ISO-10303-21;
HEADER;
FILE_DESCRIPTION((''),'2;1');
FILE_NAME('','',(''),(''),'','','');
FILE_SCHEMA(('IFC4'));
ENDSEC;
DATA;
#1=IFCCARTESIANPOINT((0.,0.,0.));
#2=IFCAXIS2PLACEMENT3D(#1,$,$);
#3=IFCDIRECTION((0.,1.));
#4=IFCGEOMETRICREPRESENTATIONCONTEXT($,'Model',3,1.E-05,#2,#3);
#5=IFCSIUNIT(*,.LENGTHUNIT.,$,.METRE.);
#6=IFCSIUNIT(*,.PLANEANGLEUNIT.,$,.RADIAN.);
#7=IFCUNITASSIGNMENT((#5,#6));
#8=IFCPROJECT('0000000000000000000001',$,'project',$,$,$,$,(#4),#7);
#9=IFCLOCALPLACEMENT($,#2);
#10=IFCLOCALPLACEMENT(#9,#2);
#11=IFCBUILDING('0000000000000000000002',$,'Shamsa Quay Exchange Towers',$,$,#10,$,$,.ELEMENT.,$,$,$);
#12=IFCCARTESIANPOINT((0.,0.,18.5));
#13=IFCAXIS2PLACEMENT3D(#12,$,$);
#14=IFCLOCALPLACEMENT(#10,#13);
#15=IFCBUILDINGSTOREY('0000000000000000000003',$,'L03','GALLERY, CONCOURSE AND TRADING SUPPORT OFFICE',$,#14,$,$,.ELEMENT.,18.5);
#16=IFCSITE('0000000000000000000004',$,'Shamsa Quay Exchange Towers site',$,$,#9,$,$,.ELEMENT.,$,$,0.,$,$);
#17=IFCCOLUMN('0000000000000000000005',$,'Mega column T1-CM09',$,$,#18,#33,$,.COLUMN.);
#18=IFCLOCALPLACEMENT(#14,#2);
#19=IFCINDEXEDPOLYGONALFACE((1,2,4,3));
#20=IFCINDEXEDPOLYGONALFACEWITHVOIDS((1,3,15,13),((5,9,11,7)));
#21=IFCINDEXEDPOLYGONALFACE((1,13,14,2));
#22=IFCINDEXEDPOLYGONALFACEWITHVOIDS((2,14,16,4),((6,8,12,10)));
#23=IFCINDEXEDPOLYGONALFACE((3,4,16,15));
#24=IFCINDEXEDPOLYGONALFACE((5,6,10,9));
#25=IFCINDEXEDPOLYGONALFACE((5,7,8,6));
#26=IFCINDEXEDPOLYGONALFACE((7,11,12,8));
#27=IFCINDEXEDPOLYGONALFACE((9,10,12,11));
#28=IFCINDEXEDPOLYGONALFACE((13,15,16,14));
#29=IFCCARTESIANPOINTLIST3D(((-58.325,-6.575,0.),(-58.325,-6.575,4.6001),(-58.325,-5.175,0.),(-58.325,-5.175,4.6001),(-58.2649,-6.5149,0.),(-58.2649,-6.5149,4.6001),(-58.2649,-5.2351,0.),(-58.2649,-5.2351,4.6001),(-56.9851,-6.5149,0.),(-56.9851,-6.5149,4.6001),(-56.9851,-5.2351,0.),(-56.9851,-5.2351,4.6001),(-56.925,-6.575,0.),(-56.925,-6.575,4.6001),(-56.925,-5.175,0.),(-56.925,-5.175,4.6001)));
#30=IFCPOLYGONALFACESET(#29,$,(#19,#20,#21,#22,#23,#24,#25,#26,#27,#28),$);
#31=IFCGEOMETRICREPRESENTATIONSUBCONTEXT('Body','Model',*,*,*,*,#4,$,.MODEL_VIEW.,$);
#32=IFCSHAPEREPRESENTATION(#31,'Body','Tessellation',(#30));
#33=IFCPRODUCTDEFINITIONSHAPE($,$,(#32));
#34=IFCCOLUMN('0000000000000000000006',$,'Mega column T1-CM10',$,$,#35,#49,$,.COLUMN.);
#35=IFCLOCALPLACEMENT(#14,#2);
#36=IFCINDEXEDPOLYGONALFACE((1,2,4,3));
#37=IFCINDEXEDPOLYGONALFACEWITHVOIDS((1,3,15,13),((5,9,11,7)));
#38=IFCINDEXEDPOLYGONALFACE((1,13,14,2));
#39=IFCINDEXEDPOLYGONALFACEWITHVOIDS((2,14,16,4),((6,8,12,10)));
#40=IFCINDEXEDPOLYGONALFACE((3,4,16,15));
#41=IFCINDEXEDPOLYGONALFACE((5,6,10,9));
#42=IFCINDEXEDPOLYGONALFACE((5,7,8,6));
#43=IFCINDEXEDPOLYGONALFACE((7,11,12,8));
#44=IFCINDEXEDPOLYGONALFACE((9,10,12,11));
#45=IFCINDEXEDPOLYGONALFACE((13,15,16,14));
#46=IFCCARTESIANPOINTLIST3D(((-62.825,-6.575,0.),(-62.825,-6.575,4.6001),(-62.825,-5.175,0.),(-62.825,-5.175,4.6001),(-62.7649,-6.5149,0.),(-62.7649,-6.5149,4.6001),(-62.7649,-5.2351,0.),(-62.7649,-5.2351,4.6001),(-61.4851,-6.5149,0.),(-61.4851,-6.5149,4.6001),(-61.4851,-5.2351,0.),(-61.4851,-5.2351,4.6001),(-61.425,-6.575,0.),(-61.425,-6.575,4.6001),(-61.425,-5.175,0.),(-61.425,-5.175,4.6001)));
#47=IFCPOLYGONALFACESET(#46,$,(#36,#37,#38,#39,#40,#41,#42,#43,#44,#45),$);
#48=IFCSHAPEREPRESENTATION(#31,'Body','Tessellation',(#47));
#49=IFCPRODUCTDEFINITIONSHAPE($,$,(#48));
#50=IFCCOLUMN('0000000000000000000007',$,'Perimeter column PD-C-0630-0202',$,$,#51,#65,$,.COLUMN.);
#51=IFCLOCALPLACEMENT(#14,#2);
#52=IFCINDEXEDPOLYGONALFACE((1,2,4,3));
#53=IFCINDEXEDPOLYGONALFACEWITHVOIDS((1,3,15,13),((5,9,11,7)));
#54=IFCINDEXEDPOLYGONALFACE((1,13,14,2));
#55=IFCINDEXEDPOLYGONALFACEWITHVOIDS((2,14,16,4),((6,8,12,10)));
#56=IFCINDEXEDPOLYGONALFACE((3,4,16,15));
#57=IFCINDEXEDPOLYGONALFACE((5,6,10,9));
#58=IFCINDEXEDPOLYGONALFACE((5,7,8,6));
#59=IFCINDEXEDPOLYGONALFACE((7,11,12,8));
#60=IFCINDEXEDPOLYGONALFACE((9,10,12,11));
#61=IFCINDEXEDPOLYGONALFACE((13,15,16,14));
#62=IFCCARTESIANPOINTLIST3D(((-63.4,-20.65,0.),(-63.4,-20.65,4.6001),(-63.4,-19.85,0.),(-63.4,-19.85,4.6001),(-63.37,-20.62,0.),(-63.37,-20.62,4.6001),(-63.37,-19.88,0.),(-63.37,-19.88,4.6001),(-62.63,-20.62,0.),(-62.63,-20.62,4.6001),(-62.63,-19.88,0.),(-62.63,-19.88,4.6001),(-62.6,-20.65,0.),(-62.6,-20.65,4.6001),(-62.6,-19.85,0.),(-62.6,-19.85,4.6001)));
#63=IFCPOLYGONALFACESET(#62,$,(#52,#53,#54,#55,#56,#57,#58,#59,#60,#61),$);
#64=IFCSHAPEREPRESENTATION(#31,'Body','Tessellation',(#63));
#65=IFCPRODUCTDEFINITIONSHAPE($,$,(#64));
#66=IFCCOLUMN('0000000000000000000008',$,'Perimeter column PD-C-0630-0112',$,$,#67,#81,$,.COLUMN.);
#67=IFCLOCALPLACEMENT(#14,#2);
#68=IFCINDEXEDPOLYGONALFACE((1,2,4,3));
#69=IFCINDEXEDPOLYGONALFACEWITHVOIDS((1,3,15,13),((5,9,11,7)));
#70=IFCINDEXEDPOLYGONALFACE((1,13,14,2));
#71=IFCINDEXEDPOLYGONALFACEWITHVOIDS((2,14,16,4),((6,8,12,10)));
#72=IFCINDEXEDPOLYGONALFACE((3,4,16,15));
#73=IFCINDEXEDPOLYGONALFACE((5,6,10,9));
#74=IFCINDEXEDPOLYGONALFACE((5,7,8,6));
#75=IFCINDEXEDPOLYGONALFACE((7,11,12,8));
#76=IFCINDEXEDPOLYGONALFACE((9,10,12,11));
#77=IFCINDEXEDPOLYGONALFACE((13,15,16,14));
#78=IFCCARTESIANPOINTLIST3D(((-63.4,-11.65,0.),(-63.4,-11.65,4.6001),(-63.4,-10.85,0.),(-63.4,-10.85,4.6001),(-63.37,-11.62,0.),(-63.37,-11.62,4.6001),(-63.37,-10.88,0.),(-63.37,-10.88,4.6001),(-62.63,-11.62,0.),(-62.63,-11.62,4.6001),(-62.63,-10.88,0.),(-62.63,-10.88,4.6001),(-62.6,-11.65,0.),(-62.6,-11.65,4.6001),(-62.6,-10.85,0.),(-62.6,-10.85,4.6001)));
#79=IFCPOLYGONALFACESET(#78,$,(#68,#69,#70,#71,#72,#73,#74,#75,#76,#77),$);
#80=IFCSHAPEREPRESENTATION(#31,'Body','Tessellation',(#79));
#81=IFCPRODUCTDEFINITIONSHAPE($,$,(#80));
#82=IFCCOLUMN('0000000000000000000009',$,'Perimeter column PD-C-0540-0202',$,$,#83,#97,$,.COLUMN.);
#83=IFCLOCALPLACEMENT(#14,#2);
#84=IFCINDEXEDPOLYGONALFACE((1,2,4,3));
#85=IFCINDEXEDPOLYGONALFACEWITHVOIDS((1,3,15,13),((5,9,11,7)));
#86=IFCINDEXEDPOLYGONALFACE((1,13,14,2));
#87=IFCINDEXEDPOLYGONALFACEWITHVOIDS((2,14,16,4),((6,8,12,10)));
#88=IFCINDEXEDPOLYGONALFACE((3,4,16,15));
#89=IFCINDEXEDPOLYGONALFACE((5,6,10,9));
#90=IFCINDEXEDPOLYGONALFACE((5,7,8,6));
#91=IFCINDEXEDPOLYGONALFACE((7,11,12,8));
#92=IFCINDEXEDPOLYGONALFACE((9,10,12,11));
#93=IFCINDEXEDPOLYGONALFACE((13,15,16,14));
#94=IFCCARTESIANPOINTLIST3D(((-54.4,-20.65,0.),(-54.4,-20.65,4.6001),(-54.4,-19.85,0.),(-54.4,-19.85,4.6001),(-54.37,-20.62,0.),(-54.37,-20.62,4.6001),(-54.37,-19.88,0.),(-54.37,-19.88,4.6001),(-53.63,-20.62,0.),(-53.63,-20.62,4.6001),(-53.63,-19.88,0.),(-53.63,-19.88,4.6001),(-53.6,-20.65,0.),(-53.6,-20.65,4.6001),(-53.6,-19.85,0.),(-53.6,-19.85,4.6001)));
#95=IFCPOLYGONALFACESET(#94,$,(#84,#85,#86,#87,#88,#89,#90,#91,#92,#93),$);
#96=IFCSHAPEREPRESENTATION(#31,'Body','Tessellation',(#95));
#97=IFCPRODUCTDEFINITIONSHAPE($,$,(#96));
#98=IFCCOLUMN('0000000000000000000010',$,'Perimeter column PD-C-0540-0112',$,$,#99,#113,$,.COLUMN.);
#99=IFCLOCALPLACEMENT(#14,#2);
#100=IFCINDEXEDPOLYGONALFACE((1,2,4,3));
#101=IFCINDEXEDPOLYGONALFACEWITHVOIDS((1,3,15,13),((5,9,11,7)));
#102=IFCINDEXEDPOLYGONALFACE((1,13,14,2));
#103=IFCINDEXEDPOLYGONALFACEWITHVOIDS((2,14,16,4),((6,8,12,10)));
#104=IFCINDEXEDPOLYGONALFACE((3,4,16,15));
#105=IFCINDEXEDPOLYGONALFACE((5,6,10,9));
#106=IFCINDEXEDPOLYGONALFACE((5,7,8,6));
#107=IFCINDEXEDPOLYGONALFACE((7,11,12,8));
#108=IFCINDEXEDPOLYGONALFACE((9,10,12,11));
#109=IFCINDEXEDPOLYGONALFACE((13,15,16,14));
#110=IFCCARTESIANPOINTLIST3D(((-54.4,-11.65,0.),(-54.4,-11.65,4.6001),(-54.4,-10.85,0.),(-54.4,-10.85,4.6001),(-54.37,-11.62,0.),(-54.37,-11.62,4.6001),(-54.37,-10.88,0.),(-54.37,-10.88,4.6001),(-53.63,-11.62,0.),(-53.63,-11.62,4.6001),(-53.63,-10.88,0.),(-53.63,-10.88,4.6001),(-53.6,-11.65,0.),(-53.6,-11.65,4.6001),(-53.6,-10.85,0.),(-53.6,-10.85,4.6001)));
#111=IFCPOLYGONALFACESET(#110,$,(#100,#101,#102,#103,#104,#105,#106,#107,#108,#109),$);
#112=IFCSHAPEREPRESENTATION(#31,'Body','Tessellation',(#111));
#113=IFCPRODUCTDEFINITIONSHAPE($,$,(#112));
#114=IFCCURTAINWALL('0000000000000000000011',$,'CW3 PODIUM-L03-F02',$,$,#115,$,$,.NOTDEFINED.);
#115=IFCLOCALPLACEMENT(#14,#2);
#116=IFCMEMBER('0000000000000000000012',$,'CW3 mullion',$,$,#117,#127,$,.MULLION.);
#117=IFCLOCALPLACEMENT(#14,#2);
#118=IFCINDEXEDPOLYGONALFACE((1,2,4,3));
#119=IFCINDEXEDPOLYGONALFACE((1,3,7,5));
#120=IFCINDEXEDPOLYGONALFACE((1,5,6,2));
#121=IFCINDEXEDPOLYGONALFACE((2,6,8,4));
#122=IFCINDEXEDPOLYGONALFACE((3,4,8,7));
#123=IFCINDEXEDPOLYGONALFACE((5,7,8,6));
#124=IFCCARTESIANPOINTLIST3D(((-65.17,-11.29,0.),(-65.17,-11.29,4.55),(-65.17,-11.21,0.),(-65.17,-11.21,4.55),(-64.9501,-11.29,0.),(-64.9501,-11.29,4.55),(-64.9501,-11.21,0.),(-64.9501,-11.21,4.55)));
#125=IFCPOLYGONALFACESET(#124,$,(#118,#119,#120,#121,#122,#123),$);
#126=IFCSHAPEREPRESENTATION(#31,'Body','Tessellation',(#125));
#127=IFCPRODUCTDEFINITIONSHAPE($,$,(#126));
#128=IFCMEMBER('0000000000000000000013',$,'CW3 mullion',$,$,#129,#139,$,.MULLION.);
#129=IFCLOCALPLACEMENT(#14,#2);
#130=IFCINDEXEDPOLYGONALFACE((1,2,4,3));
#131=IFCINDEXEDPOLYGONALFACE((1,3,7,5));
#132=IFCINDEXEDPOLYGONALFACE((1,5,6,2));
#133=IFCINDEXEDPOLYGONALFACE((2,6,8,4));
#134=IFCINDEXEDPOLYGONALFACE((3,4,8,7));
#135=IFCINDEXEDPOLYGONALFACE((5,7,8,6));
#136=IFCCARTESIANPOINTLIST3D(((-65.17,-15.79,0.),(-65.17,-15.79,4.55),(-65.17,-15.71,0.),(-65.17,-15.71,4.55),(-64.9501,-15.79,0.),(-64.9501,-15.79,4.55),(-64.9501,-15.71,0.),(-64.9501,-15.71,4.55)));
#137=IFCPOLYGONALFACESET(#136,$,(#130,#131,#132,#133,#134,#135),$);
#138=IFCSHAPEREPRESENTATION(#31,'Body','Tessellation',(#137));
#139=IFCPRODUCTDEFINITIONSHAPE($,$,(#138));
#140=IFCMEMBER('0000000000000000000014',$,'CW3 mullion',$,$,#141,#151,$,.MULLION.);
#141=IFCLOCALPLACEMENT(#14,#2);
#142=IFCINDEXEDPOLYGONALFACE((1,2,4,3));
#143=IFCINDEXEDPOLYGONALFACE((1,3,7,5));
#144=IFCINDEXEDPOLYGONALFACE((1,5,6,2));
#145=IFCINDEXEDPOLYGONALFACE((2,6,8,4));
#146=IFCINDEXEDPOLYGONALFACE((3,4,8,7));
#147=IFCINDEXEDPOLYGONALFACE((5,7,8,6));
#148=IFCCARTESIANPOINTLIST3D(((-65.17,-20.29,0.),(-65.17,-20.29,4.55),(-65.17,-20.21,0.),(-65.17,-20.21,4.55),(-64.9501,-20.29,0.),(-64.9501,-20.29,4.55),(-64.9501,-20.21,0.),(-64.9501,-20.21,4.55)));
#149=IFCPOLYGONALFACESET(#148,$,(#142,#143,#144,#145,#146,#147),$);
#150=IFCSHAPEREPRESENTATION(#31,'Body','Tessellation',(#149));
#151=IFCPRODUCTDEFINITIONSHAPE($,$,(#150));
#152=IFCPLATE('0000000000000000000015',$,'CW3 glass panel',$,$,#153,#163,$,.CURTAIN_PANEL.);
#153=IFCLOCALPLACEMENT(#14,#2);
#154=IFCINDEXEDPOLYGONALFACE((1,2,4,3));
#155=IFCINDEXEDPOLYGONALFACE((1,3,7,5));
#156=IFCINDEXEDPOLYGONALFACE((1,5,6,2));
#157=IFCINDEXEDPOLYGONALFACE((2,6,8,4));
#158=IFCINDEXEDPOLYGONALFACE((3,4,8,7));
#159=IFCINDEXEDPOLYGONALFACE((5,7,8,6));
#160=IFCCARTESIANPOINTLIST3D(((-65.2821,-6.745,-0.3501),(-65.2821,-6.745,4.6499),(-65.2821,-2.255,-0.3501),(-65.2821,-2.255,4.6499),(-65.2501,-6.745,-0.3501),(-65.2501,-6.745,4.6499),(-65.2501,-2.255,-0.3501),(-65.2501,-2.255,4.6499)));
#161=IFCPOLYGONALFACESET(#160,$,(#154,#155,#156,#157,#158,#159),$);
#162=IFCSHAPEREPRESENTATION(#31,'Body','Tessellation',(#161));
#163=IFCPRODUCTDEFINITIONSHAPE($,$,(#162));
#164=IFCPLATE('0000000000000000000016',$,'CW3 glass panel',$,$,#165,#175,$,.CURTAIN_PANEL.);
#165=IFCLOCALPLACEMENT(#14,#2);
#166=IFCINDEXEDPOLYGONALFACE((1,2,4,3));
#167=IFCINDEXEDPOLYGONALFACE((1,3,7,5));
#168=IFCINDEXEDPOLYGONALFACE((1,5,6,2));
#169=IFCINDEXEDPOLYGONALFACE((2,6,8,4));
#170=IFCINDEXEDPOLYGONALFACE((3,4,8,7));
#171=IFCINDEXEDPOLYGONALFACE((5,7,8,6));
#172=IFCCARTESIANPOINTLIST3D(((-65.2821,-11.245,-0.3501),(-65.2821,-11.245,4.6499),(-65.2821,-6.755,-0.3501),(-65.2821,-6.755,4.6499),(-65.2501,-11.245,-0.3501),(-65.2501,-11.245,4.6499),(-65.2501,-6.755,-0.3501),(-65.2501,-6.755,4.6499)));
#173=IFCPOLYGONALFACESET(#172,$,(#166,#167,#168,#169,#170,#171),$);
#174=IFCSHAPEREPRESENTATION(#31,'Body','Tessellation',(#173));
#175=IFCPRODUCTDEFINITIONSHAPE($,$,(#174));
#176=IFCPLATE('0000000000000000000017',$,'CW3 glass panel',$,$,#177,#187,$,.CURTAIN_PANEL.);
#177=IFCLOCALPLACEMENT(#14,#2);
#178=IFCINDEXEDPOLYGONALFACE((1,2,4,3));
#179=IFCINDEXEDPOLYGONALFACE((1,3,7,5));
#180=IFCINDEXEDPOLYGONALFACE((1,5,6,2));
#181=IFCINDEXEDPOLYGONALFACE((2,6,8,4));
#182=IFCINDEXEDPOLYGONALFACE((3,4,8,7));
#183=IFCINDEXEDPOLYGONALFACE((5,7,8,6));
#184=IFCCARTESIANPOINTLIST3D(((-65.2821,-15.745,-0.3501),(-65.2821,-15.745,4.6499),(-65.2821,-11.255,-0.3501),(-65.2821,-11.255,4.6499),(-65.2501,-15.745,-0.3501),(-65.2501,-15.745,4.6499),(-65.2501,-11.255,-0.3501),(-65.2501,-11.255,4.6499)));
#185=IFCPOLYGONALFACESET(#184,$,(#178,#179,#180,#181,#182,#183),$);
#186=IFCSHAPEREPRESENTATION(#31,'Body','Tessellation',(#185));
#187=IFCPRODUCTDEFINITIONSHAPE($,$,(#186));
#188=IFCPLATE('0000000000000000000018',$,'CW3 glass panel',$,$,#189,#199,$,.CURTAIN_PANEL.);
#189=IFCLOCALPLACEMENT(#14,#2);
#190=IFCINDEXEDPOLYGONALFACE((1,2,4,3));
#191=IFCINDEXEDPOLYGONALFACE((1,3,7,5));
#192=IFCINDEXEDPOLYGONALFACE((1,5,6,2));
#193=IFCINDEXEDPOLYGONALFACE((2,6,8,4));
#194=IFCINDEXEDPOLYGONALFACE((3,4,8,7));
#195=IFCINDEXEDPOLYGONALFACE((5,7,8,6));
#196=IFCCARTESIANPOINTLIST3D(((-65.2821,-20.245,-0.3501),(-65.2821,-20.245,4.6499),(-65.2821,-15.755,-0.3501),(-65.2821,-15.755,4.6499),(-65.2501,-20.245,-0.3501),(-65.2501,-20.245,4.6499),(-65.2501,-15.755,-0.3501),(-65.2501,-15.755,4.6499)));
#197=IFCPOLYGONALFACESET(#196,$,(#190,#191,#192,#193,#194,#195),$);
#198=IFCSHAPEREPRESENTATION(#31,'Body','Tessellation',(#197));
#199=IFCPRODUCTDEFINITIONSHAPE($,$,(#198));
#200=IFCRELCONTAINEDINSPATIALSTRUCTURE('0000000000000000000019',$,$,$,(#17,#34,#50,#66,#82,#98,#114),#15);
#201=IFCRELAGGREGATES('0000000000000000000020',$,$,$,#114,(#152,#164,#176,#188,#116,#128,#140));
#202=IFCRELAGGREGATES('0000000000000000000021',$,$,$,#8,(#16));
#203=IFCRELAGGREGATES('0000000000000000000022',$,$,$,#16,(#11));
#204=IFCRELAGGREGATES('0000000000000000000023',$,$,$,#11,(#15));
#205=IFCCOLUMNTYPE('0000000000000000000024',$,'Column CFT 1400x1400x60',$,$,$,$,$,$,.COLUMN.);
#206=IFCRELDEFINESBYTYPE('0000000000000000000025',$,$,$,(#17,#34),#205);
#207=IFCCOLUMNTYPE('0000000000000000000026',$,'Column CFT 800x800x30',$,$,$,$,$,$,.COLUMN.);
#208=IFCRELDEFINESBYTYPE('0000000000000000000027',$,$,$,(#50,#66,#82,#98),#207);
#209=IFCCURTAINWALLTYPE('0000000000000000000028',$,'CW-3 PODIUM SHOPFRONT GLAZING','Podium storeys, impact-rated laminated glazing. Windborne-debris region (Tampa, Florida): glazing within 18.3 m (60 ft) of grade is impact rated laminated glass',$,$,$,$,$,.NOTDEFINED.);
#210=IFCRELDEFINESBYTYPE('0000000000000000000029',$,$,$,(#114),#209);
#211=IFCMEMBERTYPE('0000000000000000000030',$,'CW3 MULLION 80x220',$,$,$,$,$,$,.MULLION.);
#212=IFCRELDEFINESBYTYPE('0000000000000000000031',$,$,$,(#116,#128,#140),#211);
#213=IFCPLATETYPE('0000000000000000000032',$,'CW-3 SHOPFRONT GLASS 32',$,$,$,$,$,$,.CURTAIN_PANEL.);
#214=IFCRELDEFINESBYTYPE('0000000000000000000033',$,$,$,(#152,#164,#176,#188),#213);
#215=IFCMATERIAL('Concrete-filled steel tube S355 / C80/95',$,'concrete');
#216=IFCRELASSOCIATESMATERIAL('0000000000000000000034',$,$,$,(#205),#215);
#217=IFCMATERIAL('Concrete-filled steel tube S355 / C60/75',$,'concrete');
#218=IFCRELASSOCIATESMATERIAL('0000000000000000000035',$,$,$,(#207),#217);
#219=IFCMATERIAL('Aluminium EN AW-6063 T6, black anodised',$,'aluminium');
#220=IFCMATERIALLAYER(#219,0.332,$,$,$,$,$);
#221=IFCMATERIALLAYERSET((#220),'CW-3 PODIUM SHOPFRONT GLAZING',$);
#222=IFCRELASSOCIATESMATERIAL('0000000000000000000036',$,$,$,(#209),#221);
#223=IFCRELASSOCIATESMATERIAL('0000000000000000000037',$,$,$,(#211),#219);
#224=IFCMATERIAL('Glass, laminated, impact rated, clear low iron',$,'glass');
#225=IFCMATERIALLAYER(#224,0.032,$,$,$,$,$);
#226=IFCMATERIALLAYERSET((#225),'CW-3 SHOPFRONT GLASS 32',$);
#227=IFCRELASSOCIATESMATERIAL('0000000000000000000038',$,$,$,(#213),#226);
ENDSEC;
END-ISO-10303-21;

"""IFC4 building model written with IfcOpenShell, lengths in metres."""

from ifc_helpers import new_model, si_unit, direction, frame, origin, origin_2d, place, context, subcontext, project, spatial, rectangle, hollow_rectangle, extrude, material, layer, layer_set, material_profile, profile_set, type_object, element, aggregate, save


model = new_model("IFC4")

# Units and contexts
model_context = context("Model", 3, precision=1e-05, world=origin(), true_north=direction((0.0, 1.0)))
body_context = subcontext(model_context, "Body", "Model", "MODEL_VIEW")
ifc_project = project(units=[si_unit("LENGTHUNIT", "METRE"), si_unit("PLANEANGLEUNIT", "RADIAN")], contexts=[model_context])

# Site, building, storey
site_placement = place(None, origin())
site = spatial("IfcSite", under=ifc_project, at=site_placement, Name="Shamsa Quay Exchange Towers site", CompositionType="ELEMENT", RefElevation=0.0)
building_placement = place(site_placement, origin())
building = spatial("IfcBuilding", under=site, at=building_placement, Name="Shamsa Quay Exchange Towers", CompositionType="ELEMENT")
storey_placement = place(building_placement, frame((0.0, 0.0, 18.5)))
storey = spatial("IfcBuildingStorey", under=building, at=storey_placement, Name="L03", Description="GALLERY, CONCOURSE AND TRADING SUPPORT OFFICE", CompositionType="ELEMENT", Elevation=18.5)

# Columns
ifc_material_1 = material(Name="Concrete-filled steel tube S355 / C80/95", Category="concrete")
ifc_material_profile_1 = material_profile(ifc_material_1, hollow_rectangle(XDim=1.3999, YDim=1.3999, WallThickness=0.0601, at=origin_2d()), Name="CFT 1400x1400x60")
ifc_profile_set_1 = profile_set([ifc_material_profile_1], Name="Concrete-filled steel tube S355 / C80/95")
column_type_1 = type_object("IfcColumnType", Name="Column CFT 1400x1400x60", PredefinedType="COLUMN", material=ifc_profile_set_1)
for number, where, name in (
    (1, (-57.625, -5.875, 0.0), "Mega column T1-CM09"),
    (2, (-62.125, -5.875, 0.0), "Mega column T1-CM10"),
):
    element("IfcColumn", number, at=place(storey_placement, frame(where)), inside=storey, type_object=column_type_1, Name=name, PredefinedType="COLUMN", context=body_context, shape_type="SweptSolid", body=[
        extrude(hollow_rectangle(XDim=1.3999, YDim=1.3999, WallThickness=0.0601, at=origin_2d()), origin(), (0.0, 0.0, 1.0), 4.6001),
    ])
ifc_material_2 = material(Name="Concrete-filled steel tube S355 / C60/75", Category="concrete")
ifc_material_profile_2 = material_profile(ifc_material_2, hollow_rectangle(XDim=0.8, YDim=0.8, WallThickness=0.03, at=origin_2d()), Name="CFT 800x800x30")
ifc_profile_set_2 = profile_set([ifc_material_profile_2], Name="Concrete-filled steel tube S355 / C60/75")
column_type_2 = type_object("IfcColumnType", Name="Column CFT 800x800x30", PredefinedType="COLUMN", material=ifc_profile_set_2)
for number, where, name in (
    (3, (-63.0, -20.25, 0.0), "Perimeter column PD-C-0630-0202"),
    (4, (-63.0, -11.25, 0.0), "Perimeter column PD-C-0630-0112"),
    (5, (-54.0, -20.25, 0.0), "Perimeter column PD-C-0540-0202"),
    (6, (-54.0, -11.25, 0.0), "Perimeter column PD-C-0540-0112"),
):
    element("IfcColumn", number, at=place(storey_placement, frame(where)), inside=storey, type_object=column_type_2, Name=name, PredefinedType="COLUMN", context=body_context, shape_type="SweptSolid", body=[
        extrude(hollow_rectangle(XDim=0.8, YDim=0.8, WallThickness=0.03, at=origin_2d()), origin(), (0.0, 0.0, 1.0), 4.6001),
    ])

# Curtain wall, members, plates
ifc_material_3 = material(Name="Aluminium EN AW-6063 T6, black anodised", Category="aluminium")
ifc_layer_1 = layer(ifc_material_3, 0.332)
ifc_layer_set_1 = layer_set([ifc_layer_1], Name="CW-3 PODIUM SHOPFRONT GLAZING")
curtain_wall_type = type_object("IfcCurtainWallType", Name="CW-3 PODIUM SHOPFRONT GLAZING", Description="Podium storeys, impact-rated laminated glazing. Windborne-debris region (Tampa, Florida): glazing within 18.3 m (60 ft) of grade is impact rated laminated glass", PredefinedType="NOTDEFINED", material=ifc_layer_set_1)
curtain_wall_placement = place(storey_placement, origin())
curtain_wall = element("IfcCurtainWall", 7, at=curtain_wall_placement, inside=storey, type_object=curtain_wall_type, Name="CW3 PODIUM-L03-F02", PredefinedType="NOTDEFINED")
ifc_material_profile_3 = material_profile(ifc_material_3, rectangle(XDim=0.22, YDim=0.0801, at=origin_2d()), Name="MU80x220")
ifc_profile_set_3 = profile_set([ifc_material_profile_3], Name="Aluminium EN AW-6063 T6, black anodised")
member_type = type_object("IfcMemberType", Name="CW3 MULLION 80x220", PredefinedType="MULLION", material=ifc_profile_set_3)
member_1_placement = place(storey_placement, frame((-65.0601, -11.25, 0.0)))
member_1 = element("IfcMember", 8, at=member_1_placement, type_object=member_type, Name="CW3 mullion", PredefinedType="MULLION", context=body_context, shape_type="SweptSolid", body=[
    extrude(rectangle(XDim=0.22, YDim=0.0801, at=origin_2d()), origin(), (0.0, 0.0, 1.0), 4.55),
])
member_2_placement = place(storey_placement, frame((-65.0601, -15.75, 0.0)))
member_2 = element("IfcMember", 9, at=member_2_placement, type_object=member_type, Name="CW3 mullion", PredefinedType="MULLION", context=body_context, shape_type="SweptSolid", body=[
    extrude(rectangle(XDim=0.22, YDim=0.0801, at=origin_2d()), origin(), (0.0, 0.0, 1.0), 4.55),
])
member_3_placement = place(storey_placement, frame((-65.0601, -20.25, 0.0)))
member_3 = element("IfcMember", 10, at=member_3_placement, type_object=member_type, Name="CW3 mullion", PredefinedType="MULLION", context=body_context, shape_type="SweptSolid", body=[
    extrude(rectangle(XDim=0.22, YDim=0.0801, at=origin_2d()), origin(), (0.0, 0.0, 1.0), 4.55),
])
ifc_material_4 = material(Name="Glass, laminated, impact rated, clear low iron", Category="glass")
ifc_layer_2 = layer(ifc_material_4, 0.032)
ifc_layer_set_2 = layer_set([ifc_layer_2], Name="CW-3 SHOPFRONT GLASS 32")
plate_type = type_object("IfcPlateType", Name="CW-3 SHOPFRONT GLASS 32", PredefinedType="CURTAIN_PANEL", material=ifc_layer_set_2)
plate_1_placement = place(storey_placement, frame((-65.2661, -4.5, -0.3501), z_axis=(0.0, 0.0, 1.0), x_axis=(0.0, -1.0, 0.0)))
plate_1 = element("IfcPlate", 11, at=plate_1_placement, type_object=plate_type, Name="CW3 glass panel", PredefinedType="CURTAIN_PANEL", context=body_context, shape_type="SweptSolid", body=[
    extrude(rectangle(XDim=4.49, YDim=0.032, at=origin_2d()), origin(), (0.0, 0.0, 1.0), 5.0),
])
plate_2_placement = place(storey_placement, frame((-65.2661, -9.0, -0.3501), z_axis=(0.0, 0.0, 1.0), x_axis=(0.0, -1.0, 0.0)))
plate_2 = element("IfcPlate", 12, at=plate_2_placement, type_object=plate_type, Name="CW3 glass panel", PredefinedType="CURTAIN_PANEL", context=body_context, shape_type="SweptSolid", body=[
    extrude(rectangle(XDim=4.49, YDim=0.032, at=origin_2d()), origin(), (0.0, 0.0, 1.0), 5.0),
])
plate_3_placement = place(storey_placement, frame((-65.2661, -13.5, -0.3501), z_axis=(0.0, 0.0, 1.0), x_axis=(0.0, -1.0, 0.0)))
plate_3 = element("IfcPlate", 13, at=plate_3_placement, type_object=plate_type, Name="CW3 glass panel", PredefinedType="CURTAIN_PANEL", context=body_context, shape_type="SweptSolid", body=[
    extrude(rectangle(XDim=4.49, YDim=0.032, at=origin_2d()), origin(), (0.0, 0.0, 1.0), 5.0),
])
plate_4_placement = place(storey_placement, frame((-65.2661, -18.0, -0.3501), z_axis=(0.0, 0.0, 1.0), x_axis=(0.0, -1.0, 0.0)))
plate_4 = element("IfcPlate", 14, at=plate_4_placement, type_object=plate_type, Name="CW3 glass panel", PredefinedType="CURTAIN_PANEL", context=body_context, shape_type="SweptSolid", body=[
    extrude(rectangle(XDim=4.49, YDim=0.032, at=origin_2d()), origin(), (0.0, 0.0, 1.0), 5.0),
])
aggregate(curtain_wall, [plate_1, plate_2, plate_3, plate_4, member_1, member_2, member_3])

save(model, "model.ifc")
